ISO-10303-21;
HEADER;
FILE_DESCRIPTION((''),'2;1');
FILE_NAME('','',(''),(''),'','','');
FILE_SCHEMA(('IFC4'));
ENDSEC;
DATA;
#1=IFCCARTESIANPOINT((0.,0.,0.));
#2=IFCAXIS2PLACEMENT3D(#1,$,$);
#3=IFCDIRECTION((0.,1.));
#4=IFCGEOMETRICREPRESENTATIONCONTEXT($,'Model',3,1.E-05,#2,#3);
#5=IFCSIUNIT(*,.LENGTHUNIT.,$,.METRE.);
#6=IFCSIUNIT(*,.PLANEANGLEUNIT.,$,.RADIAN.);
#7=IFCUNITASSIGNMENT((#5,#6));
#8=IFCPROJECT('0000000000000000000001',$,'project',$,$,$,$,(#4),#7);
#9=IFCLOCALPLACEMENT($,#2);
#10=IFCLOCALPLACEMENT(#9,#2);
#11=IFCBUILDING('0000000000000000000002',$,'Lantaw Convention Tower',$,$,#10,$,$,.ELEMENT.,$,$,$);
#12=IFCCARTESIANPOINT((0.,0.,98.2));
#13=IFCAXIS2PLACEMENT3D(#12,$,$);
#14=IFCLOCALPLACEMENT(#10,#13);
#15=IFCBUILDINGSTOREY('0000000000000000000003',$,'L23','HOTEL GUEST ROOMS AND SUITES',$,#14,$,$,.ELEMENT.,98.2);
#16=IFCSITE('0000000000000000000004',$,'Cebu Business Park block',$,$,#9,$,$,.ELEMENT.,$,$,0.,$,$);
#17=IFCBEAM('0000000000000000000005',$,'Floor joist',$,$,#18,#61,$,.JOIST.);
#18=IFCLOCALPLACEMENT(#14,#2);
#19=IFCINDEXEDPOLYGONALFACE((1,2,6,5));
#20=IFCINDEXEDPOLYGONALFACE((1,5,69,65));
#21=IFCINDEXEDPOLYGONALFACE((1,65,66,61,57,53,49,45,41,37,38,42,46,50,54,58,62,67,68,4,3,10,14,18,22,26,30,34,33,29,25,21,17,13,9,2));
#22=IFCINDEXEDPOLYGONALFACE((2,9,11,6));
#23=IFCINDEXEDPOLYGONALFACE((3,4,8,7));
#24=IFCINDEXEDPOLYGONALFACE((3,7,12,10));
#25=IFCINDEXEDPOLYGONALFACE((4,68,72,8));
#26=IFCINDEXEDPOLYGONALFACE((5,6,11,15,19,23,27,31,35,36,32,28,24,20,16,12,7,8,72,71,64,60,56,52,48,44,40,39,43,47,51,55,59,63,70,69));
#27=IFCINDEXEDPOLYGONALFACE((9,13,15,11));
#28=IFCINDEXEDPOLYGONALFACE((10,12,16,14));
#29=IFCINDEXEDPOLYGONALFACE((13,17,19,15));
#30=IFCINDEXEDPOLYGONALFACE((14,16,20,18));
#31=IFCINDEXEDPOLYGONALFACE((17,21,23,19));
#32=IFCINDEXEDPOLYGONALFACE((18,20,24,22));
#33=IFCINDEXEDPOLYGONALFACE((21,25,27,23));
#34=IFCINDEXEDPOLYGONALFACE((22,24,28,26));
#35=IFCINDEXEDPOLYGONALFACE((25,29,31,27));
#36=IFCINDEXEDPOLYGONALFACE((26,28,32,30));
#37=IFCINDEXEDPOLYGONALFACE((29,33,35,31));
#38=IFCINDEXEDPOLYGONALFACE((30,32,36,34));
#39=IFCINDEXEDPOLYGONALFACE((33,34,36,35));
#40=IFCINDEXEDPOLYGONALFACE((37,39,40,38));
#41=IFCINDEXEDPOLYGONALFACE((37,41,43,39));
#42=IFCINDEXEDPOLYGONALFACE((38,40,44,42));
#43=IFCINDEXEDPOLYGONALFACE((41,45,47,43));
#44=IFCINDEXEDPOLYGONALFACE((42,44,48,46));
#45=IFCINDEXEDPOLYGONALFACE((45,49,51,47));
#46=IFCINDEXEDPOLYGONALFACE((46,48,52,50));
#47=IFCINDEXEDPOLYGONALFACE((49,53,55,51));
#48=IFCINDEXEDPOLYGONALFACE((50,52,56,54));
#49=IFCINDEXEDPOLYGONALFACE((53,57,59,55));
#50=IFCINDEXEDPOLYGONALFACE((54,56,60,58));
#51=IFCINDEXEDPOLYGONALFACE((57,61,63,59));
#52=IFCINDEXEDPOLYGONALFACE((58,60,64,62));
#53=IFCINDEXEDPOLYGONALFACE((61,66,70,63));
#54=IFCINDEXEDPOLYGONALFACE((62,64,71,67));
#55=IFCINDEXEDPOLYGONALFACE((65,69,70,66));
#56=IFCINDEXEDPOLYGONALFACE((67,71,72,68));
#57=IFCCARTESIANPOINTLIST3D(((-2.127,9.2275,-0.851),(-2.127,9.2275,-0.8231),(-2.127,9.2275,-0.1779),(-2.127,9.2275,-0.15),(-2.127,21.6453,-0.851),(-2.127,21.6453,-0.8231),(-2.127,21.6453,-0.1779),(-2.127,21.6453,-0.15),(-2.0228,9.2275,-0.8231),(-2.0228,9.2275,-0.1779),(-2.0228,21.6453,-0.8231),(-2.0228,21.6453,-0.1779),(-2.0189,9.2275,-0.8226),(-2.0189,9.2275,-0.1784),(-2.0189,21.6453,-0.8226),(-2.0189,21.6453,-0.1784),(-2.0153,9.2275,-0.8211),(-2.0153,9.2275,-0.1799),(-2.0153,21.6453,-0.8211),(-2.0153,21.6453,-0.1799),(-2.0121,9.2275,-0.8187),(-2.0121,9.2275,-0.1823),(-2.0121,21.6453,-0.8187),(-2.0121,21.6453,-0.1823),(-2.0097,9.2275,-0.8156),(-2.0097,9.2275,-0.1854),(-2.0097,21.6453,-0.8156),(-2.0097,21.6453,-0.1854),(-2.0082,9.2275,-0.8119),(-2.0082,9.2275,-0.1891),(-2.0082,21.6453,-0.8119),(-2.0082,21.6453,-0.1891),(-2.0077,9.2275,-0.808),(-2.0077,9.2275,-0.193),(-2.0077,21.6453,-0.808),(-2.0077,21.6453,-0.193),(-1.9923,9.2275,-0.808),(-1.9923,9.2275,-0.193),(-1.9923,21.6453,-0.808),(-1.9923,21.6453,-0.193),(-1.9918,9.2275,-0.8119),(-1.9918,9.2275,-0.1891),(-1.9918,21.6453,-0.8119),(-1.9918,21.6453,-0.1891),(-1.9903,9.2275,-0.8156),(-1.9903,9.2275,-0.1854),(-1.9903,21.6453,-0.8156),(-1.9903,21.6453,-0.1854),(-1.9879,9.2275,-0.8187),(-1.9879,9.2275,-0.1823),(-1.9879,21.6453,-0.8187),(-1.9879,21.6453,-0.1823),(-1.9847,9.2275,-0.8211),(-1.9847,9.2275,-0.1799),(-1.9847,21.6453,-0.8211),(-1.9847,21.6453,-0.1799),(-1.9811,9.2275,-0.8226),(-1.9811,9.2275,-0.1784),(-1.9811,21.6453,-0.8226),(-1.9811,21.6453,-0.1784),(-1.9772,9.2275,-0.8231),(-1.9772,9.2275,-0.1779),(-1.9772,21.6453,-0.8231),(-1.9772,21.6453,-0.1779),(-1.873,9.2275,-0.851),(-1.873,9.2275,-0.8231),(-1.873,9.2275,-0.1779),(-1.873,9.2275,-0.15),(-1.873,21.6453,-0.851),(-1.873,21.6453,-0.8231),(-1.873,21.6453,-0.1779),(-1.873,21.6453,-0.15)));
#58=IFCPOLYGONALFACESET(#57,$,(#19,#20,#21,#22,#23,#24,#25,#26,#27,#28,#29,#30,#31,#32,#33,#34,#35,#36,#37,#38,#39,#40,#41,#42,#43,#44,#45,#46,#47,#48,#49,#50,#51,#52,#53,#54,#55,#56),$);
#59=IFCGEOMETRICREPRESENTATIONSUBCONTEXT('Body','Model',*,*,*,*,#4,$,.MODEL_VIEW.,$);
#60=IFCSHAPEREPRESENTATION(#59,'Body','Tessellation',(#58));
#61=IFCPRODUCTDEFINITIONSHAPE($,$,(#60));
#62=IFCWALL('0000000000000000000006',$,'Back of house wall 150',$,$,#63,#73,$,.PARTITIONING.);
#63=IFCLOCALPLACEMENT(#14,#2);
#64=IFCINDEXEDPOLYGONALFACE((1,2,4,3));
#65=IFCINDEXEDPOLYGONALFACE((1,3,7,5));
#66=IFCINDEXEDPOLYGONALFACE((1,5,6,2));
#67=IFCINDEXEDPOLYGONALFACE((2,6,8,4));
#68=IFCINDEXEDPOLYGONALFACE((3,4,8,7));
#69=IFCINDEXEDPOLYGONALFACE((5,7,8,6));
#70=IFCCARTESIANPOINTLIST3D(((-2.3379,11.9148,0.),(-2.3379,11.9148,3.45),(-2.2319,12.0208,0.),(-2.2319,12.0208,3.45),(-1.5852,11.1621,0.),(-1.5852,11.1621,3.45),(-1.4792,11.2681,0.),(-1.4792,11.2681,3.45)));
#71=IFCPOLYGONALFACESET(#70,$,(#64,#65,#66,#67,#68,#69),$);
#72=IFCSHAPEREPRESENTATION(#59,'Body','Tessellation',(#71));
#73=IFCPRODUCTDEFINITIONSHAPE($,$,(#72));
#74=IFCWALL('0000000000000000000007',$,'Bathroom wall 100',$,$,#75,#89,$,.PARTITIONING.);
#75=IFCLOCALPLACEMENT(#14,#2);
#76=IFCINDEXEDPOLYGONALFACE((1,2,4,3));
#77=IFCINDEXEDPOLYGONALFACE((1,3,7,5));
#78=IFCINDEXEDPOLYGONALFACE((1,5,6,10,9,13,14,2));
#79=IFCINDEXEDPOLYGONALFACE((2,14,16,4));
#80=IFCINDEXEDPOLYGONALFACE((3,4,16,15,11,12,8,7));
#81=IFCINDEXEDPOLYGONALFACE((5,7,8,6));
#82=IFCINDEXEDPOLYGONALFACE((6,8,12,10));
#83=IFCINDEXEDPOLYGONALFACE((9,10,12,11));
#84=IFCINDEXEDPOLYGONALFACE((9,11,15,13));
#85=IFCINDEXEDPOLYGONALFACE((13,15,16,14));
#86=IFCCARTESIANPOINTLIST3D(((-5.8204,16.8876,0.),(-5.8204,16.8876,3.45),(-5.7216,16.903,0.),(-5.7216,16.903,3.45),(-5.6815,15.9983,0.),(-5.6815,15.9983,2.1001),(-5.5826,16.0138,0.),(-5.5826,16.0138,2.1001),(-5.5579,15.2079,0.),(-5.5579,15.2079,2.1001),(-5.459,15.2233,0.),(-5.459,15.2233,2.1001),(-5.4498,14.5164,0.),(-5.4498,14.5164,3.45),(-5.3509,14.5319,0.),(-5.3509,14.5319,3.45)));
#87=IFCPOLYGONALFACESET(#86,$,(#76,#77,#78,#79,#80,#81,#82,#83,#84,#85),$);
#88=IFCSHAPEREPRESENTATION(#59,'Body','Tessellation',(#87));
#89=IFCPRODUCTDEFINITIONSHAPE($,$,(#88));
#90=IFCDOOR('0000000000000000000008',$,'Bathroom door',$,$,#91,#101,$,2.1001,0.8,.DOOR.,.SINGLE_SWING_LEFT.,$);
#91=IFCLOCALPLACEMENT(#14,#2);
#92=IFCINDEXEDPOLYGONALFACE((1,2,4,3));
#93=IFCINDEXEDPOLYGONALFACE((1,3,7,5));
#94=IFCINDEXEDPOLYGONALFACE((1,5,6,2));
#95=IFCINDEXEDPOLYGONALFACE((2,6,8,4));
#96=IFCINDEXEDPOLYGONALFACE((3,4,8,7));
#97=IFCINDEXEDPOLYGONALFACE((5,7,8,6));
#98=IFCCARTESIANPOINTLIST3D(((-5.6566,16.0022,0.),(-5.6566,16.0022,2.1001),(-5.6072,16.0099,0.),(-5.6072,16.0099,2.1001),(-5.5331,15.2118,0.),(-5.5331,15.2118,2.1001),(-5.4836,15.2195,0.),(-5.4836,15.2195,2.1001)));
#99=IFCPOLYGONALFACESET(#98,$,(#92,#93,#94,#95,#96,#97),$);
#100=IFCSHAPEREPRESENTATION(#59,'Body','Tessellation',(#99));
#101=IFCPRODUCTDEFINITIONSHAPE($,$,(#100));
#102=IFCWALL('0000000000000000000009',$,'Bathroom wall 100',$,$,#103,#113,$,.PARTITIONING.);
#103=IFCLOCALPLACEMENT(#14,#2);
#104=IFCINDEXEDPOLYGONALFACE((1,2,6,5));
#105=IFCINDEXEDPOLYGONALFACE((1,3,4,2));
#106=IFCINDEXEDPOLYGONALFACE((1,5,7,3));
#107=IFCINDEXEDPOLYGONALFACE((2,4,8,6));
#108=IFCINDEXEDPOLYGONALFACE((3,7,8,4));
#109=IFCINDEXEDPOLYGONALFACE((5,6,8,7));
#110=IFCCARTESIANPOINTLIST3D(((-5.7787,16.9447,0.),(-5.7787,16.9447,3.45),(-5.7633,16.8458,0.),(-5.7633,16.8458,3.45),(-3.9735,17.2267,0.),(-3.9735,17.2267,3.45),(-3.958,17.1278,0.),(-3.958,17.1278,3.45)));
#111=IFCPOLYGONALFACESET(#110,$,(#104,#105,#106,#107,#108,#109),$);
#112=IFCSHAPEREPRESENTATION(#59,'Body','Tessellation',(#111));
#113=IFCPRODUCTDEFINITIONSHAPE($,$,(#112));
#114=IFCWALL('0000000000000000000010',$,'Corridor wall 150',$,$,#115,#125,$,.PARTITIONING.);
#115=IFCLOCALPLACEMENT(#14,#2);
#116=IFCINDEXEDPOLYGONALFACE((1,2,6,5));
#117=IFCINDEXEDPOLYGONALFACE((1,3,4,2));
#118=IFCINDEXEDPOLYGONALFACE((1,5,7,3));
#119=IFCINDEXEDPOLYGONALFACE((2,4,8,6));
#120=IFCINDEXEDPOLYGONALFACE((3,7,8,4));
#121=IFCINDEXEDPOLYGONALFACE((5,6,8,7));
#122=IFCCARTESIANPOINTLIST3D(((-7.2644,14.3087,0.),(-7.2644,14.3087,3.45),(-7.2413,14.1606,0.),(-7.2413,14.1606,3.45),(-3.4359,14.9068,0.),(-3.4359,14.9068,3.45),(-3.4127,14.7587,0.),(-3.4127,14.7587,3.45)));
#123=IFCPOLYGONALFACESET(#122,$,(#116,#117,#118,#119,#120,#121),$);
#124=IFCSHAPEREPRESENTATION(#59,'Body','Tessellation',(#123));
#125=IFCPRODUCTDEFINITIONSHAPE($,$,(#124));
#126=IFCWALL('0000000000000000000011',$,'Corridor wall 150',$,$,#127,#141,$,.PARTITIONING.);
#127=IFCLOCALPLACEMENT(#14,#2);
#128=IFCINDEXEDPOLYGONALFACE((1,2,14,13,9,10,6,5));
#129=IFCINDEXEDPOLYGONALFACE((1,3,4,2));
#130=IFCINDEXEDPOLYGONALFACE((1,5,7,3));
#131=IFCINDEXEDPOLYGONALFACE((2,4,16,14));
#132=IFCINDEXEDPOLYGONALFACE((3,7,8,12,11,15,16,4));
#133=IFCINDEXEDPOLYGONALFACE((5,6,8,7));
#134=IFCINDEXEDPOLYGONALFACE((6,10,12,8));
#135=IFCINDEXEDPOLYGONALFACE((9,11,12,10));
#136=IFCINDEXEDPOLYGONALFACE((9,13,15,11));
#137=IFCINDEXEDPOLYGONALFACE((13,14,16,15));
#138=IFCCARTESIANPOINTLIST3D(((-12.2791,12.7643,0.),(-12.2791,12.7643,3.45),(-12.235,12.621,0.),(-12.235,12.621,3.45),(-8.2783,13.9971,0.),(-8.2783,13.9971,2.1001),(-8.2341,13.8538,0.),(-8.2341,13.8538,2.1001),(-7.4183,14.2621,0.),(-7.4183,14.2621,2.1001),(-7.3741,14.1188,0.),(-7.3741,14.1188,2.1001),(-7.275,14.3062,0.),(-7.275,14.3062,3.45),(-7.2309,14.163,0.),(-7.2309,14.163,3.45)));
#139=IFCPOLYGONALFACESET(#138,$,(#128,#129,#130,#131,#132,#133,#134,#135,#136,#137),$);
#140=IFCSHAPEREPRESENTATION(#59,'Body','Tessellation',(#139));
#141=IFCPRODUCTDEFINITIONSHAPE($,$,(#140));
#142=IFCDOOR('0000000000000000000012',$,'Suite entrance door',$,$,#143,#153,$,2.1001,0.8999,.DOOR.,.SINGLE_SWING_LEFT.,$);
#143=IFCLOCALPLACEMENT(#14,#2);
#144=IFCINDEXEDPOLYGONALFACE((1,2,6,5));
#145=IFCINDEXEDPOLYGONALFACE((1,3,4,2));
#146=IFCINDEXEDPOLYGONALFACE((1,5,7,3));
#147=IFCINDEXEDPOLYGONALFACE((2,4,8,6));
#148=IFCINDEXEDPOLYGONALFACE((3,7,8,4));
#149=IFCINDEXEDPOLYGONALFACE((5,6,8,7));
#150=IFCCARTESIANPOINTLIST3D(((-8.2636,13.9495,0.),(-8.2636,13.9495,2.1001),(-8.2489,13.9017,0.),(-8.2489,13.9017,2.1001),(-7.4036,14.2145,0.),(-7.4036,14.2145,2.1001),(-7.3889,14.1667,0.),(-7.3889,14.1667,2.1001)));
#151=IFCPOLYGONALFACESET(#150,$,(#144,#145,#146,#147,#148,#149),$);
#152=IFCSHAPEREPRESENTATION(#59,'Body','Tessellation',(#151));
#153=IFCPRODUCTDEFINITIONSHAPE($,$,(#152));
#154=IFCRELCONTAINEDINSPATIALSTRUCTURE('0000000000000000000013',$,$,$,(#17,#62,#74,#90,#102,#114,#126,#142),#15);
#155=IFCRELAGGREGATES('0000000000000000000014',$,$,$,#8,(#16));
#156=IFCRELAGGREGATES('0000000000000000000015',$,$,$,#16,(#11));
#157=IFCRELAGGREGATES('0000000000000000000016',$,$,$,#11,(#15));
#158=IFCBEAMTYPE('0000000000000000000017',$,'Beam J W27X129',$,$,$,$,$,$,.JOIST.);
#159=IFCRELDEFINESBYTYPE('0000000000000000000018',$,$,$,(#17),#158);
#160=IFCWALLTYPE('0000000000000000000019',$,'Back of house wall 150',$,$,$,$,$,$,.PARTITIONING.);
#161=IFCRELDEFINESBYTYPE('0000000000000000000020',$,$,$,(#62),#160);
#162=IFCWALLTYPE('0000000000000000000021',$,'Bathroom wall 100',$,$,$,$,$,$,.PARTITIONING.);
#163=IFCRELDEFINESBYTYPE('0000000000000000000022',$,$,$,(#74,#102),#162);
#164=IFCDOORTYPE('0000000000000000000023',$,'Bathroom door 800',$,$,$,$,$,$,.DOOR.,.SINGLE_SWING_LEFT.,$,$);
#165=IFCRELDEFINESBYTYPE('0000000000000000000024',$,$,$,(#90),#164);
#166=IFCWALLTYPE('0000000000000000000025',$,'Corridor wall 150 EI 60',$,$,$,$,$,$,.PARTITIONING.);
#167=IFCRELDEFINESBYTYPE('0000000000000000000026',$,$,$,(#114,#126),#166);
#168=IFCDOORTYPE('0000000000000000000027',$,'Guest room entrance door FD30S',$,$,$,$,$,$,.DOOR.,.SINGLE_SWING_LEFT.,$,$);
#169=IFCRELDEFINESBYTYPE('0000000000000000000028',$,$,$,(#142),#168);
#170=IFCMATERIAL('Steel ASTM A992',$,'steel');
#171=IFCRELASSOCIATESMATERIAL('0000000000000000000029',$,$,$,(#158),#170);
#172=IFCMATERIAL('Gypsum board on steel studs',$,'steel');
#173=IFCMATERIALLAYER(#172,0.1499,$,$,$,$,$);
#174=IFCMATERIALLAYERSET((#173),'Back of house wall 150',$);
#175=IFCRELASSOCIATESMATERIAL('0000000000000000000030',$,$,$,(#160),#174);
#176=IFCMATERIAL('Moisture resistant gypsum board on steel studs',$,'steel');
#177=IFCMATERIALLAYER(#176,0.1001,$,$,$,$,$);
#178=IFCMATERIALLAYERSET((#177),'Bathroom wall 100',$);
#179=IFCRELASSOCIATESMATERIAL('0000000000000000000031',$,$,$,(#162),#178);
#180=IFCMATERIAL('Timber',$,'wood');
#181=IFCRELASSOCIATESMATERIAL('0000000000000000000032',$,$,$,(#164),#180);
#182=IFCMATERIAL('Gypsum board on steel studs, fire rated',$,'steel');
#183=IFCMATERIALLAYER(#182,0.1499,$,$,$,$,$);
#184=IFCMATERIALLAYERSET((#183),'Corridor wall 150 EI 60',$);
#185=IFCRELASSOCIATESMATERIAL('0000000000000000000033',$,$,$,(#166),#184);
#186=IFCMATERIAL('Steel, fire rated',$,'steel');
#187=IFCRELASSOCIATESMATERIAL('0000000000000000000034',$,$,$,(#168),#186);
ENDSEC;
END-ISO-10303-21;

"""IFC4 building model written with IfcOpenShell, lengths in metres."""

from ifc_helpers import new_model, si_unit, direction, frame, frame_2d, origin, origin_2d, place, context, subcontext, project, spatial, rectangle, i_section, extrude, material, layer, layer_set, material_profile, profile_set, type_object, element, fill, save


model = new_model("IFC4")

# Units and contexts
model_context = context("Model", 3, precision=1e-05, world=origin(), true_north=direction((0.0, 1.0)))
body_context = subcontext(model_context, "Body", "Model", "MODEL_VIEW")
ifc_project = project(units=[si_unit("LENGTHUNIT", "METRE"), si_unit("PLANEANGLEUNIT", "RADIAN")], contexts=[model_context])

# Site, building, storey
site_placement = place(None, origin())
site = spatial("IfcSite", under=ifc_project, at=site_placement, Name="Cebu Business Park block", CompositionType="ELEMENT", RefElevation=0.0)
building_placement = place(site_placement, origin())
building = spatial("IfcBuilding", under=site, at=building_placement, Name="Lantaw Convention Tower", CompositionType="ELEMENT")
storey_placement = place(building_placement, frame((0.0, 0.0, 98.2)))
storey = spatial("IfcBuildingStorey", under=building, at=storey_placement, Name="L23", Description="HOTEL GUEST ROOMS AND SUITES", CompositionType="ELEMENT", Elevation=98.2)

# Beam
ifc_material_1 = material(Name="Steel ASTM A992", Category="steel")
ifc_material_profile_1 = material_profile(ifc_material_1, i_section(OverallWidth=0.2539, OverallDepth=0.7009, WebThickness=0.0154, FlangeThickness=0.0278, FilletRadius=0.0151, at=origin_2d()), Name="W27X129")
ifc_profile_set_1 = profile_set([ifc_material_profile_1], Name="Steel ASTM A992")
beam_type_1 = type_object("IfcBeamType", Name="Beam J W27X129", PredefinedType="JOIST", material=ifc_profile_set_1)
beam_1_placement = place(storey_placement, frame((-2.0, 9.2275, -0.5005), z_axis=(0.0, 1.0, 0.0), x_axis=(-1.0, 0.0, 0.0)))
element("IfcBeam", 1, at=beam_1_placement, inside=storey, type_object=beam_type_1, Name="Floor joist", PredefinedType="JOIST", context=body_context, shape_type="SweptSolid", body=[
    extrude(i_section(OverallWidth=0.2539, OverallDepth=0.7009, WebThickness=0.0154, FlangeThickness=0.0278, FilletRadius=0.0151, at=origin_2d()), origin(), (0.0, 0.0, 1.0), 12.4177),
])

# Wall
ifc_material_2 = material(Name="Gypsum board on steel studs", Category="steel")
ifc_layer_1 = layer(ifc_material_2, 0.1499)
ifc_layer_set_1 = layer_set([ifc_layer_1], Name="Back of house wall 150")
wall_type_1 = type_object("IfcWallType", Name="Back of house wall 150", PredefinedType="PARTITIONING", material=ifc_layer_set_1)
wall_1_placement = place(storey_placement, frame((-1.5322, 11.2151, 0.0), z_axis=(0.0, 0.0, 1.0), x_axis=(-0.707107, 0.707107, 0.0)))
element("IfcWall", 2, at=wall_1_placement, inside=storey, type_object=wall_type_1, Name="Back of house wall 150", PredefinedType="PARTITIONING", context=body_context, shape_type="SweptSolid", body=[
    extrude(rectangle(XDim=1.0645, YDim=0.1499, at=frame_2d((0.5322, 0.0))), origin(), (0.0, 0.0, 1.0), 3.45),
])

# Wall, opening, door
ifc_material_3 = material(Name="Moisture resistant gypsum board on steel studs", Category="steel")
ifc_layer_2 = layer(ifc_material_3, 0.1001)
ifc_layer_set_2 = layer_set([ifc_layer_2], Name="Bathroom wall 100")
wall_type_2 = type_object("IfcWallType", Name="Bathroom wall 100", PredefinedType="PARTITIONING", material=ifc_layer_set_2)
wall_2_placement = place(storey_placement, frame((-5.4004, 14.5242, 0.0), z_axis=(0.0, 0.0, 1.0), x_axis=(-0.154427, 0.988004, 0.0)))
wall_2 = element("IfcWall", 3, at=wall_2_placement, inside=storey, type_object=wall_type_2, Name="Bathroom wall 100", PredefinedType="PARTITIONING", context=body_context, shape_type="SweptSolid", body=[
    extrude(rectangle(XDim=2.3999, YDim=0.1001, at=frame_2d((1.2, 0.0))), origin(), (0.0, 0.0, 1.0), 3.45),
])
opening_1_placement = place(wall_2_placement, frame((0.7, 0.0, 0.0)))
opening_1 = element("IfcOpeningElement", 4, at=opening_1_placement, cuts=wall_2, PredefinedType="OPENING", context=body_context, shape_type="SweptSolid", body=[
    extrude(rectangle(XDim=0.8, YDim=2.1001, at=frame_2d((0.3999, 1.05))), frame((0.0, 0.0601, 0.0), z_axis=(0.0, -1.0, 0.0), x_axis=(1.0, 0.0, 0.0)), (0.0, 0.0, 1.0), 0.1201),
])
ifc_material_4 = material(Name="Timber", Category="wood")
door_type_1 = type_object("IfcDoorType", Name="Bathroom door 800", OperationType="SINGLE_SWING_LEFT", PredefinedType="DOOR", material=ifc_material_4)
door_1_placement = place(opening_1_placement, origin())
door_1 = element("IfcDoor", 5, at=door_1_placement, inside=storey, type_object=door_type_1, Name="Bathroom door", OperationType="SINGLE_SWING_LEFT", OverallHeight=2.1001, OverallWidth=0.8, PredefinedType="DOOR", context=body_context, shape_type="SweptSolid", body=[
    extrude(rectangle(XDim=0.8, YDim=2.1001, at=frame_2d((0.3999, 1.05))), frame((0.0, 0.0249, 0.0), z_axis=(0.0, -1.0, 0.0), x_axis=(1.0, 0.0, 0.0)), (0.0, 0.0, 1.0), 0.05),
])
fill(opening_1, door_1)

# Walls
wall_3_placement = place(storey_placement, frame((-5.771, 16.8953, 0.0), z_axis=(0.0, 0.0, 1.0), x_axis=(0.988018, 0.154336, 0.0)))
element("IfcWall", 6, at=wall_3_placement, inside=storey, type_object=wall_type_2, Name="Bathroom wall 100", PredefinedType="PARTITIONING", context=body_context, shape_type="SweptSolid", body=[
    extrude(rectangle(XDim=1.8271, YDim=0.1001, at=frame_2d((0.9136, 0.0))), origin(), (0.0, 0.0, 1.0), 3.45),
])
ifc_material_5 = material(Name="Gypsum board on steel studs, fire rated", Category="steel")
ifc_layer_3 = layer(ifc_material_5, 0.1499)
ifc_layer_set_3 = layer_set([ifc_layer_3], Name="Corridor wall 150 EI 60")
wall_type_3 = type_object("IfcWallType", Name="Corridor wall 150 EI 60", PredefinedType="PARTITIONING", material=ifc_layer_set_3)
wall_4_placement = place(storey_placement, frame((-3.4243, 14.8328, 0.0), z_axis=(0.0, 0.0, 1.0), x_axis=(-0.988015, -0.154358, 0.0)))
element("IfcWall", 7, at=wall_4_placement, inside=storey, type_object=wall_type_3, Name="Corridor wall 150", PredefinedType="PARTITIONING", context=body_context, shape_type="SweptSolid", body=[
    extrude(rectangle(XDim=3.875, YDim=0.1499, at=frame_2d((1.9375, 0.0))), origin(), (0.0, 0.0, 1.0), 3.45),
])

# Wall, opening, door
wall_5_placement = place(storey_placement, frame((-7.2529, 14.2346, 0.0), z_axis=(0.0, 0.0, 1.0), x_axis=(-0.955658, -0.294479, 0.0)))
wall_5 = element("IfcWall", 8, at=wall_5_placement, inside=storey, type_object=wall_type_3, Name="Corridor wall 150", PredefinedType="PARTITIONING", context=body_context, shape_type="SweptSolid", body=[
    extrude(rectangle(XDim=5.2363, YDim=0.1499, at=frame_2d((2.6182, 0.0))), origin(), (0.0, 0.0, 1.0), 3.45),
])
opening_2_placement = place(wall_5_placement, frame((0.1499, 0.0, 0.0)))
opening_2 = element("IfcOpeningElement", 9, at=opening_2_placement, cuts=wall_5, PredefinedType="OPENING", context=body_context, shape_type="SweptSolid", body=[
    extrude(rectangle(XDim=0.8999, YDim=2.1001, at=frame_2d((0.45, 1.05))), frame((0.0, 0.085, 0.0), z_axis=(0.0, -1.0, 0.0), x_axis=(1.0, 0.0, 0.0)), (0.0, 0.0, 1.0), 0.1699),
])
ifc_material_6 = material(Name="Steel, fire rated", Category="steel")
door_type_2 = type_object("IfcDoorType", Name="Guest room entrance door FD30S", OperationType="SINGLE_SWING_LEFT", PredefinedType="DOOR", material=ifc_material_6)
door_2_placement = place(opening_2_placement, origin())
door_2 = element("IfcDoor", 10, at=door_2_placement, inside=storey, type_object=door_type_2, Name="Suite entrance door", OperationType="SINGLE_SWING_LEFT", OverallHeight=2.1001, OverallWidth=0.8999, PredefinedType="DOOR", context=body_context, shape_type="SweptSolid", body=[
    extrude(rectangle(XDim=0.8999, YDim=2.1001, at=frame_2d((0.45, 1.05))), frame((0.0, 0.0249, 0.0), z_axis=(0.0, -1.0, 0.0), x_axis=(1.0, 0.0, 0.0)), (0.0, 0.0, 1.0), 0.05),
])
fill(opening_2, door_2)

save(model, "model.ifc")
